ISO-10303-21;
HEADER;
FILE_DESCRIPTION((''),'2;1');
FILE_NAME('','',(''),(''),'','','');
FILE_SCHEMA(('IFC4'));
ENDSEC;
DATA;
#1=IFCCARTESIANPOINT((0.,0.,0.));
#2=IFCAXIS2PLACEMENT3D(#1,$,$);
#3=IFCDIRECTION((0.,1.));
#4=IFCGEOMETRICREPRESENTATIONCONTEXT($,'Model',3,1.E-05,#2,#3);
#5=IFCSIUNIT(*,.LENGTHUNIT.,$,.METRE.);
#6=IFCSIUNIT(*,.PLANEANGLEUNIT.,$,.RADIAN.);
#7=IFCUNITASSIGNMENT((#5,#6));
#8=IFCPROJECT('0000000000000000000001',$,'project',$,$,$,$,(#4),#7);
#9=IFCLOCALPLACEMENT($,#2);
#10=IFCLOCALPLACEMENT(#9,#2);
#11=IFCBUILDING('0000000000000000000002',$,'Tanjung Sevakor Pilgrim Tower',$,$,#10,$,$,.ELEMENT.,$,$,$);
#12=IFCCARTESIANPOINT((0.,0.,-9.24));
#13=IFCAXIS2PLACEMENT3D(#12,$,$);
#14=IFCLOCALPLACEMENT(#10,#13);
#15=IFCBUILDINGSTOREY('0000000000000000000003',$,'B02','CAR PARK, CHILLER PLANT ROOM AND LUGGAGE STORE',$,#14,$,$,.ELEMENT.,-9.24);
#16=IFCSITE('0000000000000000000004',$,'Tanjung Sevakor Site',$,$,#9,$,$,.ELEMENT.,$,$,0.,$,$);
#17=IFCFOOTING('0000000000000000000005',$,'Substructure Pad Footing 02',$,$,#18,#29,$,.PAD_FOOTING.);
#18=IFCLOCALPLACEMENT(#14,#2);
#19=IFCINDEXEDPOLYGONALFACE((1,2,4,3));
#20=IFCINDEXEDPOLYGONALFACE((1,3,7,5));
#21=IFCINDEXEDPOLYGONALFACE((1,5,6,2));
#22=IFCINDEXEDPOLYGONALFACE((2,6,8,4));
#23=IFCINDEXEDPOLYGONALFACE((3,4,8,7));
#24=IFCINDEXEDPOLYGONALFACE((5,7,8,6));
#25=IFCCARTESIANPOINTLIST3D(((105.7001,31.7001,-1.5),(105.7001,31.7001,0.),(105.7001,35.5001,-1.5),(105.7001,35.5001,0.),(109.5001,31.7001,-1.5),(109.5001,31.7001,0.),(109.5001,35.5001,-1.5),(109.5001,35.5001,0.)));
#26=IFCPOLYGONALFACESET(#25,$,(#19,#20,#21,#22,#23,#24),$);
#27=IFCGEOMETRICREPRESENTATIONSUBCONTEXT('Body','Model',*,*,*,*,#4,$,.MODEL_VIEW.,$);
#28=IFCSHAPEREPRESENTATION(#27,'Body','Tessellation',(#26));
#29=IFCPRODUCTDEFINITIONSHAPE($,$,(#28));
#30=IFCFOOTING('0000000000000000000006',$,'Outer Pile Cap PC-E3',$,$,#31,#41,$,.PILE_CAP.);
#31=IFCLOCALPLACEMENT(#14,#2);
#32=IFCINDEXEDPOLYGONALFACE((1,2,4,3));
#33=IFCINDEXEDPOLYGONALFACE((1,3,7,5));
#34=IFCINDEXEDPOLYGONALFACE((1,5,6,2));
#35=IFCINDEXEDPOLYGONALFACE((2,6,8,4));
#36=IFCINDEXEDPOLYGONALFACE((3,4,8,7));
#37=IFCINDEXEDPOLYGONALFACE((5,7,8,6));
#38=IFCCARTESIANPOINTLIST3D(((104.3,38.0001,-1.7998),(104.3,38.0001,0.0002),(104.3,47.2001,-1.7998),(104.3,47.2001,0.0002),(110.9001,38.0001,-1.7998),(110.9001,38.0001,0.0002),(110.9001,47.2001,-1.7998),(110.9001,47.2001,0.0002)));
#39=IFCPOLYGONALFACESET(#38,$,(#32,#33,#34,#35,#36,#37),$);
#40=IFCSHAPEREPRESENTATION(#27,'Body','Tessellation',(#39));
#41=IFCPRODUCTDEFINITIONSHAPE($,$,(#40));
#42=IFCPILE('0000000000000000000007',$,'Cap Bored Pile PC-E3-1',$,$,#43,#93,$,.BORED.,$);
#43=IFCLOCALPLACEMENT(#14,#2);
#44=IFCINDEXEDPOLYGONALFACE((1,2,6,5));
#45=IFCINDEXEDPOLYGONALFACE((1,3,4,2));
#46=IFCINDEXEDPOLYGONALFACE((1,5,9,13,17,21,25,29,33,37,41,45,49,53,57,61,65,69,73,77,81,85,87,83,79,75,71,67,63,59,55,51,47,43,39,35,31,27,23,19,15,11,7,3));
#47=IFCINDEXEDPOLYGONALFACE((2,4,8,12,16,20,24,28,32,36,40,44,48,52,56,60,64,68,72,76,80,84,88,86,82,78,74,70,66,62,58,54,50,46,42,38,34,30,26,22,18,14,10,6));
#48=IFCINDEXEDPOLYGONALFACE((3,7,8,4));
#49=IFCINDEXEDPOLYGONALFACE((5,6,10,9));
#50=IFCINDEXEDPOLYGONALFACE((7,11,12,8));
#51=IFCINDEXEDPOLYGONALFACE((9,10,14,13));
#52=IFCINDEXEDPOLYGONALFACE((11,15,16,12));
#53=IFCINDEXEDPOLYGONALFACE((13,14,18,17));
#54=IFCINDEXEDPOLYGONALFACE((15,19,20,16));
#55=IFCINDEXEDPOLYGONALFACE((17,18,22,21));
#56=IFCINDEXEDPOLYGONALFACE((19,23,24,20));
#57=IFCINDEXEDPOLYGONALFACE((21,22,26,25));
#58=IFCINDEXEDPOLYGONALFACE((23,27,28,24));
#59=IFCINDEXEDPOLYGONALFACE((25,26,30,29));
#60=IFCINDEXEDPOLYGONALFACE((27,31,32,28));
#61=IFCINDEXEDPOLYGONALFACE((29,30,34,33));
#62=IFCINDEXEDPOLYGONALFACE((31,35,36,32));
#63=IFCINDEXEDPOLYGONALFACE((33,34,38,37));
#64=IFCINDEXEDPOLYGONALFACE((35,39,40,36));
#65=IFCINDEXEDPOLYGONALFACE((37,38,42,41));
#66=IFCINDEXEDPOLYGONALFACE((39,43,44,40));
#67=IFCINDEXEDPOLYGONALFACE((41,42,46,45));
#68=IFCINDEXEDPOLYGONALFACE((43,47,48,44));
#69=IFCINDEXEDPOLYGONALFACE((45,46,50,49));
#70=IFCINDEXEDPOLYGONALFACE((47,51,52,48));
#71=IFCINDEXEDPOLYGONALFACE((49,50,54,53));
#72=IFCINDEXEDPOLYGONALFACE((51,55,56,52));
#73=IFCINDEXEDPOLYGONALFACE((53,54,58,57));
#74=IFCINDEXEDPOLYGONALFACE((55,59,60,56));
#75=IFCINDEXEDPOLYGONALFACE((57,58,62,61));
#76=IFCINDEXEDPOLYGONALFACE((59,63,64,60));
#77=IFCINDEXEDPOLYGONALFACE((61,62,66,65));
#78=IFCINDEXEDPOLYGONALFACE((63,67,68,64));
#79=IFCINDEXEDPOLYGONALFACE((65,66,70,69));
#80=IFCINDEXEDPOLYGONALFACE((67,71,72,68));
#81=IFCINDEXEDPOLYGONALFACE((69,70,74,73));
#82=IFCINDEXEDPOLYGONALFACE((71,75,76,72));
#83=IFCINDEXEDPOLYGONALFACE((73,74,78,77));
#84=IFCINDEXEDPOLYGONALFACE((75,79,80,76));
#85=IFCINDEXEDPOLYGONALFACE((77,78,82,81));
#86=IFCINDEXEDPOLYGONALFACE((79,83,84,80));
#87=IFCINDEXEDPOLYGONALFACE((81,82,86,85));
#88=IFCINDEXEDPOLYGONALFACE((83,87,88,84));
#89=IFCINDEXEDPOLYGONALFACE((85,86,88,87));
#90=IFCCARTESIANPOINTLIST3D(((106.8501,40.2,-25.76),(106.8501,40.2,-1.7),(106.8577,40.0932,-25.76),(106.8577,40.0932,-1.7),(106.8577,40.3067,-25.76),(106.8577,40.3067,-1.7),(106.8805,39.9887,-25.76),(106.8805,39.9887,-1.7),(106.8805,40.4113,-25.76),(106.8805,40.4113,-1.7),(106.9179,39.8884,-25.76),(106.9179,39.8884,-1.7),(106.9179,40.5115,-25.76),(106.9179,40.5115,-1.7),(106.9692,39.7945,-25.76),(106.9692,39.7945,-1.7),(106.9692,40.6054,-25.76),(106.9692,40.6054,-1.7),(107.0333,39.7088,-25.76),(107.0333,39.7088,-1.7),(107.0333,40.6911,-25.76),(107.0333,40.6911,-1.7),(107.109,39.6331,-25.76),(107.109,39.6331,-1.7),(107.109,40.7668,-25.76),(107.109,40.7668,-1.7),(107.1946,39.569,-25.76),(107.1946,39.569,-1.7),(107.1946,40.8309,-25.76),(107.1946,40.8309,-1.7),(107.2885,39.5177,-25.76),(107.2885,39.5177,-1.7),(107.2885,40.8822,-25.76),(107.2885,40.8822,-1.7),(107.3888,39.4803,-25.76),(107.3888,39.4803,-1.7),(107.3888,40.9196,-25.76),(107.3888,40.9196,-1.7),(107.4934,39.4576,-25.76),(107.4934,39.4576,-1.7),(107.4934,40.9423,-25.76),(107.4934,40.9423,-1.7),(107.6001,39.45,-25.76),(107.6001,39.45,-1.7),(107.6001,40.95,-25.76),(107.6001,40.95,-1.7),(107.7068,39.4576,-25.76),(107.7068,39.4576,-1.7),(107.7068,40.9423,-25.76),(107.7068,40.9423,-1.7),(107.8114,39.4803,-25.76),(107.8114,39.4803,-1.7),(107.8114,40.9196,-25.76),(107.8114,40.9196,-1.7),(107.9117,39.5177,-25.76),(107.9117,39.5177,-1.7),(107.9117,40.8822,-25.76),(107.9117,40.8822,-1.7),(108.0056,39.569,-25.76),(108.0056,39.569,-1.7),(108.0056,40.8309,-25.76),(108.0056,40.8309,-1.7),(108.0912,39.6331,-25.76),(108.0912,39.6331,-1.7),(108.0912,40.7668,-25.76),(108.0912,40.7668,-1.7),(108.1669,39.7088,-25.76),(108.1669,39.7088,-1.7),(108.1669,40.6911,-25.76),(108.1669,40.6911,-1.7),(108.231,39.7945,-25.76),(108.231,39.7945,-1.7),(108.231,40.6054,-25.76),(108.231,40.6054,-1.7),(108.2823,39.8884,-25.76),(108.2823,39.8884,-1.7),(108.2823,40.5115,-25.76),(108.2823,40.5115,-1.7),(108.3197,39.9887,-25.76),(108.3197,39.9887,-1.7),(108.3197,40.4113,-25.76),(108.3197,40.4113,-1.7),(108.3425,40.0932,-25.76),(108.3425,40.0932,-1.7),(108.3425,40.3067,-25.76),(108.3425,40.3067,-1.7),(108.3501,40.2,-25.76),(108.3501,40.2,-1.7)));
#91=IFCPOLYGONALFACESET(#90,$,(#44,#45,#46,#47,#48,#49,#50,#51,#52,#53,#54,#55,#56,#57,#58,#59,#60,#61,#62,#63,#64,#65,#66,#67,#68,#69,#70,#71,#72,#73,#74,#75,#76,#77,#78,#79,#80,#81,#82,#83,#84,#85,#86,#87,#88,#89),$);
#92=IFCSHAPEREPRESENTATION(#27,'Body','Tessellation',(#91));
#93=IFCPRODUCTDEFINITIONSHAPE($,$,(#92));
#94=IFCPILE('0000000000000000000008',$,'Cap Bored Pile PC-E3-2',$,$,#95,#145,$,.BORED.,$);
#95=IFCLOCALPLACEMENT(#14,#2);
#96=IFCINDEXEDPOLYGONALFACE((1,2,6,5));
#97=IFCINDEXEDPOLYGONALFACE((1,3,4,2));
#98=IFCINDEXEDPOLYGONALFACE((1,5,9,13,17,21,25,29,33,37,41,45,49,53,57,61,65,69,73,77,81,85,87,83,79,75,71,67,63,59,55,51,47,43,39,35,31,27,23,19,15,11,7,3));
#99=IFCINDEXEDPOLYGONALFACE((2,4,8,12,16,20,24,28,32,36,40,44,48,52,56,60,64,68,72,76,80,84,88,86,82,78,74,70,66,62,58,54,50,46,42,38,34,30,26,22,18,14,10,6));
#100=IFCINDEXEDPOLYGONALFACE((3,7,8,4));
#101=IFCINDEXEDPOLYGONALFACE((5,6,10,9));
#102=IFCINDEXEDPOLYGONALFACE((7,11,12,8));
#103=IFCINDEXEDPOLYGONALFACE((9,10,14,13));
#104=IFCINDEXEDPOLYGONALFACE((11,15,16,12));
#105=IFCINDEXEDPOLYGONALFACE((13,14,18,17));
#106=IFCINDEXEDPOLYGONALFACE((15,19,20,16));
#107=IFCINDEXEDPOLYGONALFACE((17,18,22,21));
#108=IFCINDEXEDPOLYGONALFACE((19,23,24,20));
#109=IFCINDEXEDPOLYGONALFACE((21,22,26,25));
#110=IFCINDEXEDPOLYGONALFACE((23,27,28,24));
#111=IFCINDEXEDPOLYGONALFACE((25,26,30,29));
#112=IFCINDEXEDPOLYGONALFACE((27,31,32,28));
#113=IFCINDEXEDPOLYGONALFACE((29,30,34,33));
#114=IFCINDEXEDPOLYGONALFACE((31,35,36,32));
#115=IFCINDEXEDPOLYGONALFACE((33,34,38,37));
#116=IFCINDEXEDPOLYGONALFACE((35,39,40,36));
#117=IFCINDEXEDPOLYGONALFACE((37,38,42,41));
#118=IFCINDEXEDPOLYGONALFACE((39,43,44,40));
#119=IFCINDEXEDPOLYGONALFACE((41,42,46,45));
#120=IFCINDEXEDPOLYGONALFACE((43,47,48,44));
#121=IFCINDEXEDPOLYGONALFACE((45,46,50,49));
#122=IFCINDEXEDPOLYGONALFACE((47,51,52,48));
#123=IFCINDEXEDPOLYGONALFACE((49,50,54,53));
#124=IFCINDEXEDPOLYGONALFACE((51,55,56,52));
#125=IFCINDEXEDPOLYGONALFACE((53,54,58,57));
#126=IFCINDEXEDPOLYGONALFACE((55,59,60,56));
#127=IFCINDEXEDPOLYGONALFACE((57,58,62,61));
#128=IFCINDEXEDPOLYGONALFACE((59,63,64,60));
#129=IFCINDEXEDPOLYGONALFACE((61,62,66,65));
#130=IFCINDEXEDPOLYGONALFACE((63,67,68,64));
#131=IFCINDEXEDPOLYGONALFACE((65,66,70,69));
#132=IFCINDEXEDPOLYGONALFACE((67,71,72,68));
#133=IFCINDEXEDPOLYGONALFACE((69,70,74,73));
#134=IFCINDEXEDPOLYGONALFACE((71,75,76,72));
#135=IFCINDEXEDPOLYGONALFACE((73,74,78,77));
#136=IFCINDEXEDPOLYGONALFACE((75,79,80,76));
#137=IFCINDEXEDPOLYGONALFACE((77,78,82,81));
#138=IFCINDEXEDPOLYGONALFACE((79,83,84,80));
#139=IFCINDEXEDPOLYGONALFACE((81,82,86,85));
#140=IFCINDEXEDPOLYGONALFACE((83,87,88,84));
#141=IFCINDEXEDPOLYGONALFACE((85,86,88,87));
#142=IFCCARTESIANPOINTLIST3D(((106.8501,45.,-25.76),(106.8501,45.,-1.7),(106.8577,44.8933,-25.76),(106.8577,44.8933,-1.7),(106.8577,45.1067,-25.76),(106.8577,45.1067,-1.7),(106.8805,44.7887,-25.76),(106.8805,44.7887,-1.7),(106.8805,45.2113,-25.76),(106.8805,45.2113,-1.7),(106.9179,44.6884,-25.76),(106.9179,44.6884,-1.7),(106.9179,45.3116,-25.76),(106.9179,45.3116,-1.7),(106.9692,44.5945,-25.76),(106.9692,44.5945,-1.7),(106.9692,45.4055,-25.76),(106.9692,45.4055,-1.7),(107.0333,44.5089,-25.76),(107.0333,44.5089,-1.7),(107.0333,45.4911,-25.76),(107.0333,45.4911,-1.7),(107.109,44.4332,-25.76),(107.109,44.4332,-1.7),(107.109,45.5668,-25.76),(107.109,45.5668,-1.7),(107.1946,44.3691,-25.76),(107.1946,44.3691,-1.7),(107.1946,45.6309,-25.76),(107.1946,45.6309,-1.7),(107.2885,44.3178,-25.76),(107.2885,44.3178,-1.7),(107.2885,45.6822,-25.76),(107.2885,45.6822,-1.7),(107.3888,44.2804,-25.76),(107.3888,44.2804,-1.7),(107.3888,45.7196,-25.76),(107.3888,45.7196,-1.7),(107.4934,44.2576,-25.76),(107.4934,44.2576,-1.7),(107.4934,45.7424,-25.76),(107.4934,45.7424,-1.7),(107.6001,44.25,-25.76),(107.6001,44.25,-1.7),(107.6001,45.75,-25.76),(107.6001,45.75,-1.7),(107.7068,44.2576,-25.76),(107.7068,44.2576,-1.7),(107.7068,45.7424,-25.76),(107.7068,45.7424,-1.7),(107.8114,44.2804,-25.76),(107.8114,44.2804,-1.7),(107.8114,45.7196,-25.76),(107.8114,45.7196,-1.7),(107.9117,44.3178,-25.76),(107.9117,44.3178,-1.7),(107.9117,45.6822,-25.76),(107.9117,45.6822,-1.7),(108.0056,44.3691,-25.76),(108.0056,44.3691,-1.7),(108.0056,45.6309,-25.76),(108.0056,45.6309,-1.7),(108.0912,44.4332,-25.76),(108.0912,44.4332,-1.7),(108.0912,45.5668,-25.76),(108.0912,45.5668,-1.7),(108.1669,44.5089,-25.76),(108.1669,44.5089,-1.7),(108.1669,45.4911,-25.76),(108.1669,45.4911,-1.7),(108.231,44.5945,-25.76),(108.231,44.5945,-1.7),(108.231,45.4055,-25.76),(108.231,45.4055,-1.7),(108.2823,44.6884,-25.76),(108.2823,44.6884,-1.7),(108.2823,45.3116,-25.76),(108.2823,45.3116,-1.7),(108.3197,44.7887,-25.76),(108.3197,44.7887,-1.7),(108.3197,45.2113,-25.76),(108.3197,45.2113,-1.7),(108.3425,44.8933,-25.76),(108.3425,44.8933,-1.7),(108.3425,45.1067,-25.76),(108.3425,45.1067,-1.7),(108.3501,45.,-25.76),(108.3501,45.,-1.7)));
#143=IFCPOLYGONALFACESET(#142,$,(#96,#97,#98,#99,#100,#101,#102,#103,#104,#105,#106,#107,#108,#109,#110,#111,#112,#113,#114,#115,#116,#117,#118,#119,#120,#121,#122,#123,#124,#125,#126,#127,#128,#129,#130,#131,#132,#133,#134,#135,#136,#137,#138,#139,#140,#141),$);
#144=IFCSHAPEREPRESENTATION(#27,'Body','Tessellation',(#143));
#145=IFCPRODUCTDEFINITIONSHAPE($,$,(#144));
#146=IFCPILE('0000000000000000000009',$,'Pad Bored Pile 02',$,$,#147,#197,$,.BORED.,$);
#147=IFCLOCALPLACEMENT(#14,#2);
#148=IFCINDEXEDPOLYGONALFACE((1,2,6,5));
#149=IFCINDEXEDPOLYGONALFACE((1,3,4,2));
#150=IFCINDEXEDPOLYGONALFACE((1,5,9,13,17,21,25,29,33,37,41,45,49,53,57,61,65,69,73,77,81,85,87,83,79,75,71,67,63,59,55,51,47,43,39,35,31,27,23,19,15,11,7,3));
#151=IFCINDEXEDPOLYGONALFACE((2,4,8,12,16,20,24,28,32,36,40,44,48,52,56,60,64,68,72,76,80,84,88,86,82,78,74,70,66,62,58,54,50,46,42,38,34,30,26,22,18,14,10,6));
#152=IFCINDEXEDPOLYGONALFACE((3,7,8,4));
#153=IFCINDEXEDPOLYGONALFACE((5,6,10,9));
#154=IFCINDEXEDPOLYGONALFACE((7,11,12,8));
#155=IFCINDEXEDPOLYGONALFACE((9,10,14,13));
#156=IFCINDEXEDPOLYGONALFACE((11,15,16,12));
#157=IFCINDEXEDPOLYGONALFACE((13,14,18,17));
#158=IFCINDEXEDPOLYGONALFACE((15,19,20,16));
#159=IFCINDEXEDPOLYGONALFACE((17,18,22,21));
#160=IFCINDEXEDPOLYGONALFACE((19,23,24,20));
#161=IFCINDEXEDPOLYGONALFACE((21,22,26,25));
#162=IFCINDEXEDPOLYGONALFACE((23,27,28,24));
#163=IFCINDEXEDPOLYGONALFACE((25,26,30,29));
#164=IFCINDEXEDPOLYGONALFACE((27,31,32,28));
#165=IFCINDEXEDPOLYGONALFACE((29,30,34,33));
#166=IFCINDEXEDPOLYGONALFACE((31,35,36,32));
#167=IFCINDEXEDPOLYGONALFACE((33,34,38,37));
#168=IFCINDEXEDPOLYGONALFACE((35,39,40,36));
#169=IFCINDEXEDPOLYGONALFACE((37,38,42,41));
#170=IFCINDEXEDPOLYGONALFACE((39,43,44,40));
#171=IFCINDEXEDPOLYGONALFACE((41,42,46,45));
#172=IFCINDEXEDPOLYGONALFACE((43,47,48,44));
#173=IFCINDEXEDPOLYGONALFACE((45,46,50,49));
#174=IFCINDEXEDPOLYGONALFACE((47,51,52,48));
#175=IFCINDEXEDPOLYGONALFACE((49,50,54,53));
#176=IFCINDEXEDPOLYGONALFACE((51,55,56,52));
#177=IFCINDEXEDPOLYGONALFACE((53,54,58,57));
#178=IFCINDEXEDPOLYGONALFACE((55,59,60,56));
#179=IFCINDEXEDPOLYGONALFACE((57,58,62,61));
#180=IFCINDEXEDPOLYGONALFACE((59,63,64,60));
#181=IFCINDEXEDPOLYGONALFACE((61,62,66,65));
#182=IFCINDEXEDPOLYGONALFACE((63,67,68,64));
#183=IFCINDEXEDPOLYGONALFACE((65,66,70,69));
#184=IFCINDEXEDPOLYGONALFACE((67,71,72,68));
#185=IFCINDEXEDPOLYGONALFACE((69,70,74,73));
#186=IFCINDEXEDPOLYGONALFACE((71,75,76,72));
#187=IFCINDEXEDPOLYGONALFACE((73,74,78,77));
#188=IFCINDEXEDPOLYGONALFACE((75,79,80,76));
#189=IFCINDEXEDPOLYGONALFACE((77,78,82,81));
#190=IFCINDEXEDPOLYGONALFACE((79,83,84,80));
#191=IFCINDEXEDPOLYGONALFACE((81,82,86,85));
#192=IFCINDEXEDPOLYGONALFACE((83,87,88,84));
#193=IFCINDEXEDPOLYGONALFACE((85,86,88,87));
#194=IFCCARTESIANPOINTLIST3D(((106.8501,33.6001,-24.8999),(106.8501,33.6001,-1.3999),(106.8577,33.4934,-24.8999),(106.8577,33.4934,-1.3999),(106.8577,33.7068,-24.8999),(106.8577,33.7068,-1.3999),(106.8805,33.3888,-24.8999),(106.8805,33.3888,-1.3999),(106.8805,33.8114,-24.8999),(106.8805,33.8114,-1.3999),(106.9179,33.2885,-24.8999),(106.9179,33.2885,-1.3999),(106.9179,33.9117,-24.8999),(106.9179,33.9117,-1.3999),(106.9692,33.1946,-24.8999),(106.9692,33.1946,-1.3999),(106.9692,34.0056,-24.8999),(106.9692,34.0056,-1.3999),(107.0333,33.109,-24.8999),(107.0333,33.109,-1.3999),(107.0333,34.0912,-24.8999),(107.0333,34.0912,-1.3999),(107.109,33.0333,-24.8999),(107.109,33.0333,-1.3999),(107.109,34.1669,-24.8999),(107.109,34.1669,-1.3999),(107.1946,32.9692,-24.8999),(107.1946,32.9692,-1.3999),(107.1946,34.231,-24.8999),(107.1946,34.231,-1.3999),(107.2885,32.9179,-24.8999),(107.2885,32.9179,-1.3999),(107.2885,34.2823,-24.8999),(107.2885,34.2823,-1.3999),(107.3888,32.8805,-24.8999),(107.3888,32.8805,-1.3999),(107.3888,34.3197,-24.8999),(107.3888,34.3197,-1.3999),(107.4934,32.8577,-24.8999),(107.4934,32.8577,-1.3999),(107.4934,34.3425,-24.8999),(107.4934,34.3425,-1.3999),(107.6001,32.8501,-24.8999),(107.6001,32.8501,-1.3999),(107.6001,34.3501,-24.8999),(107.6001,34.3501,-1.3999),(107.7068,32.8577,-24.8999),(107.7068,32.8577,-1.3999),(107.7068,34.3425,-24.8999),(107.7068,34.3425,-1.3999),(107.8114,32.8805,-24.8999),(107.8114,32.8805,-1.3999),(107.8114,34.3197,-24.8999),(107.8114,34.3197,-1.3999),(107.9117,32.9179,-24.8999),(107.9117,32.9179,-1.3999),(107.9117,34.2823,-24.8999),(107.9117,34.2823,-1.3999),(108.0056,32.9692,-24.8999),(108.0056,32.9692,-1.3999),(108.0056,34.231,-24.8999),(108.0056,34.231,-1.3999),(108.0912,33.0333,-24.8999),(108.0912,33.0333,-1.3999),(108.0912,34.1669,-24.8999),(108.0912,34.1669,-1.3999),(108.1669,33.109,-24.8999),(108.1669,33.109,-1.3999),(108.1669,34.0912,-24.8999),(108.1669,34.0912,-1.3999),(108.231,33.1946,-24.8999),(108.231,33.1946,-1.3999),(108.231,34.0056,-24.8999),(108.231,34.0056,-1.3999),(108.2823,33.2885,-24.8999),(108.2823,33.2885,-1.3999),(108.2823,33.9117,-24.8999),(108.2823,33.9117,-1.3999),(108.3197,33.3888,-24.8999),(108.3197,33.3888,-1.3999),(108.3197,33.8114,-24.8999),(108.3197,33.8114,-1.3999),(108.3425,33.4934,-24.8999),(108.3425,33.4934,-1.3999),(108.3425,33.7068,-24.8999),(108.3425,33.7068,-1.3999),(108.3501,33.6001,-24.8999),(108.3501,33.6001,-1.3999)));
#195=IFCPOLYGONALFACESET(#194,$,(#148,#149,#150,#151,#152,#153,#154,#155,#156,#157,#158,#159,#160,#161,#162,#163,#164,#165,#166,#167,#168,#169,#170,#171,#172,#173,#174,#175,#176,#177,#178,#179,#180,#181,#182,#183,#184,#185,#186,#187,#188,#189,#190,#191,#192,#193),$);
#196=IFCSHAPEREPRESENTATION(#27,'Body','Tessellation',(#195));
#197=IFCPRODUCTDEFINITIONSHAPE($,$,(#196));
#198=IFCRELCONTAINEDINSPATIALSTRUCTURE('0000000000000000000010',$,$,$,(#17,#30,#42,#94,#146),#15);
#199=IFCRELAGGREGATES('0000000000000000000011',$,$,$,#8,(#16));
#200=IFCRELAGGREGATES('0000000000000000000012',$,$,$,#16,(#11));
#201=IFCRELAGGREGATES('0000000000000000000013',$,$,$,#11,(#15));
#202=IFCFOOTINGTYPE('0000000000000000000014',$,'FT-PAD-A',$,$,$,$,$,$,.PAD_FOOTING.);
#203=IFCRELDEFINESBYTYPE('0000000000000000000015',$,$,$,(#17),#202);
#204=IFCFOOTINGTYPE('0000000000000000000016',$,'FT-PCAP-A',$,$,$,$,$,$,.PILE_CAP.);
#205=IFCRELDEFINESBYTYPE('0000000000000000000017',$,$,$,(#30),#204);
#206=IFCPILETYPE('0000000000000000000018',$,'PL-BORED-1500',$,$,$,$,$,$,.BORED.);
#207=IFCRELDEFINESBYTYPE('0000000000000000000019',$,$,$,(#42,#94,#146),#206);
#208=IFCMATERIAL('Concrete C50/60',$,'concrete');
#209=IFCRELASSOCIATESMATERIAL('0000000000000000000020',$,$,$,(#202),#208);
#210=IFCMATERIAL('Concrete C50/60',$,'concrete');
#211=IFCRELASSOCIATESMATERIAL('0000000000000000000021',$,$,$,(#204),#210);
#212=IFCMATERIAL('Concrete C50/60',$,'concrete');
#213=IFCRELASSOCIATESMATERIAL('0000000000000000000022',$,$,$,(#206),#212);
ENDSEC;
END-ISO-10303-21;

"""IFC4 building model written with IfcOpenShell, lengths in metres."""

from ifc_helpers import new_model, si_unit, direction, frame, origin, origin_2d, place, context, subcontext, project, spatial, rectangle, circle, extrude, material, material_profile, profile_set, type_object, element, save


model = new_model("IFC4")

# Units and contexts
model_context = context("Model", 3, precision=1e-05, world=origin(), true_north=direction((0.0, 1.0)))
body_context = subcontext(model_context, "Body", "Model", "MODEL_VIEW")
ifc_project = project(units=[si_unit("LENGTHUNIT", "METRE"), si_unit("PLANEANGLEUNIT", "RADIAN")], contexts=[model_context])

# Site, building, storey
site_placement = place(None, origin())
site = spatial("IfcSite", under=ifc_project, at=site_placement, Name="Tanjung Sevakor Site", CompositionType="ELEMENT", RefElevation=0.0)
building_placement = place(site_placement, origin())
building = spatial("IfcBuilding", under=site, at=building_placement, Name="Tanjung Sevakor Pilgrim Tower", CompositionType="ELEMENT")
storey_placement = place(building_placement, frame((0.0, 0.0, -9.24)))
storey = spatial("IfcBuildingStorey", under=building, at=storey_placement, Name="B02", Description="CAR PARK, CHILLER PLANT ROOM AND LUGGAGE STORE", CompositionType="ELEMENT", Elevation=-9.24)

# Footings
ifc_material_1 = material(Name="Concrete C50/60", Category="concrete")
footing_type_1 = type_object("IfcFootingType", Name="FT-PAD-A", PredefinedType="PAD_FOOTING", material=ifc_material_1)
footing_1_placement = place(storey_placement, frame((107.6001, 33.6001, -1.5), z_axis=(0.0, 0.0, 1.0), x_axis=(1.0, 0.0, 0.0)))
element("IfcFooting", 1, at=footing_1_placement, inside=storey, type_object=footing_type_1, Name="Substructure Pad Footing 02", PredefinedType="PAD_FOOTING", context=body_context, shape_type="SweptSolid", body=[
    extrude(rectangle(XDim=3.8, YDim=3.8, at=origin_2d()), origin(), (0.0, 0.0, 1.0), 1.5),
])
ifc_material_2 = material(Name="Concrete C50/60", Category="concrete")
footing_type_2 = type_object("IfcFootingType", Name="FT-PCAP-A", PredefinedType="PILE_CAP", material=ifc_material_2)
footing_2_placement = place(storey_placement, frame((107.6001, 42.6001, -1.7998), z_axis=(0.0, 0.0, 1.0), x_axis=(1.0, 0.0, 0.0)))
element("IfcFooting", 2, at=footing_2_placement, inside=storey, type_object=footing_type_2, Name="Outer Pile Cap PC-E3", PredefinedType="PILE_CAP", context=body_context, shape_type="SweptSolid", body=[
    extrude(rectangle(XDim=6.6001, YDim=9.2, at=origin_2d()), origin(), (0.0, 0.0, 1.0), 1.8),
])

# Piles
ifc_material_3 = material(Name="Concrete C50/60", Category="concrete")
ifc_material_profile_1 = material_profile(ifc_material_3, circle(Radius=0.75, at=origin_2d()))
ifc_profile_set_1 = profile_set([ifc_material_profile_1], Name="Concrete C50/60")
pile_type_1 = type_object("IfcPileType", Name="PL-BORED-1500", PredefinedType="BORED", material=ifc_profile_set_1)
for number, where, z_axis, x_axis, name in (
    (3, (107.6001, 40.2, -1.7), (0.0, 0.0, -1.0), (1.0, 0.0, 0.0), "Cap Bored Pile PC-E3-1"),
    (4, (107.6001, 45.0, -1.7), (0.0, 0.0, -1.0), (1.0, 0.0, 0.0), "Cap Bored Pile PC-E3-2"),
):
    element("IfcPile", number, at=place(storey_placement, frame(where, z_axis=z_axis, x_axis=x_axis)), inside=storey, type_object=pile_type_1, Name=name, PredefinedType="BORED", context=body_context, shape_type="SweptSolid", body=[
        extrude(circle(Radius=0.75, at=origin_2d()), origin(), (0.0, 0.0, 1.0), 24.0601),
    ])
pile_placement = place(storey_placement, frame((107.6001, 33.6001, -1.3999), z_axis=(0.0, 0.0, -1.0), x_axis=(1.0, 0.0, 0.0)))
element("IfcPile", 5, at=pile_placement, inside=storey, type_object=pile_type_1, Name="Pad Bored Pile 02", PredefinedType="BORED", context=body_context, shape_type="SweptSolid", body=[
    extrude(circle(Radius=0.75, at=origin_2d()), origin(), (0.0, 0.0, 1.0), 23.5),
])

save(model, "model.ifc")
